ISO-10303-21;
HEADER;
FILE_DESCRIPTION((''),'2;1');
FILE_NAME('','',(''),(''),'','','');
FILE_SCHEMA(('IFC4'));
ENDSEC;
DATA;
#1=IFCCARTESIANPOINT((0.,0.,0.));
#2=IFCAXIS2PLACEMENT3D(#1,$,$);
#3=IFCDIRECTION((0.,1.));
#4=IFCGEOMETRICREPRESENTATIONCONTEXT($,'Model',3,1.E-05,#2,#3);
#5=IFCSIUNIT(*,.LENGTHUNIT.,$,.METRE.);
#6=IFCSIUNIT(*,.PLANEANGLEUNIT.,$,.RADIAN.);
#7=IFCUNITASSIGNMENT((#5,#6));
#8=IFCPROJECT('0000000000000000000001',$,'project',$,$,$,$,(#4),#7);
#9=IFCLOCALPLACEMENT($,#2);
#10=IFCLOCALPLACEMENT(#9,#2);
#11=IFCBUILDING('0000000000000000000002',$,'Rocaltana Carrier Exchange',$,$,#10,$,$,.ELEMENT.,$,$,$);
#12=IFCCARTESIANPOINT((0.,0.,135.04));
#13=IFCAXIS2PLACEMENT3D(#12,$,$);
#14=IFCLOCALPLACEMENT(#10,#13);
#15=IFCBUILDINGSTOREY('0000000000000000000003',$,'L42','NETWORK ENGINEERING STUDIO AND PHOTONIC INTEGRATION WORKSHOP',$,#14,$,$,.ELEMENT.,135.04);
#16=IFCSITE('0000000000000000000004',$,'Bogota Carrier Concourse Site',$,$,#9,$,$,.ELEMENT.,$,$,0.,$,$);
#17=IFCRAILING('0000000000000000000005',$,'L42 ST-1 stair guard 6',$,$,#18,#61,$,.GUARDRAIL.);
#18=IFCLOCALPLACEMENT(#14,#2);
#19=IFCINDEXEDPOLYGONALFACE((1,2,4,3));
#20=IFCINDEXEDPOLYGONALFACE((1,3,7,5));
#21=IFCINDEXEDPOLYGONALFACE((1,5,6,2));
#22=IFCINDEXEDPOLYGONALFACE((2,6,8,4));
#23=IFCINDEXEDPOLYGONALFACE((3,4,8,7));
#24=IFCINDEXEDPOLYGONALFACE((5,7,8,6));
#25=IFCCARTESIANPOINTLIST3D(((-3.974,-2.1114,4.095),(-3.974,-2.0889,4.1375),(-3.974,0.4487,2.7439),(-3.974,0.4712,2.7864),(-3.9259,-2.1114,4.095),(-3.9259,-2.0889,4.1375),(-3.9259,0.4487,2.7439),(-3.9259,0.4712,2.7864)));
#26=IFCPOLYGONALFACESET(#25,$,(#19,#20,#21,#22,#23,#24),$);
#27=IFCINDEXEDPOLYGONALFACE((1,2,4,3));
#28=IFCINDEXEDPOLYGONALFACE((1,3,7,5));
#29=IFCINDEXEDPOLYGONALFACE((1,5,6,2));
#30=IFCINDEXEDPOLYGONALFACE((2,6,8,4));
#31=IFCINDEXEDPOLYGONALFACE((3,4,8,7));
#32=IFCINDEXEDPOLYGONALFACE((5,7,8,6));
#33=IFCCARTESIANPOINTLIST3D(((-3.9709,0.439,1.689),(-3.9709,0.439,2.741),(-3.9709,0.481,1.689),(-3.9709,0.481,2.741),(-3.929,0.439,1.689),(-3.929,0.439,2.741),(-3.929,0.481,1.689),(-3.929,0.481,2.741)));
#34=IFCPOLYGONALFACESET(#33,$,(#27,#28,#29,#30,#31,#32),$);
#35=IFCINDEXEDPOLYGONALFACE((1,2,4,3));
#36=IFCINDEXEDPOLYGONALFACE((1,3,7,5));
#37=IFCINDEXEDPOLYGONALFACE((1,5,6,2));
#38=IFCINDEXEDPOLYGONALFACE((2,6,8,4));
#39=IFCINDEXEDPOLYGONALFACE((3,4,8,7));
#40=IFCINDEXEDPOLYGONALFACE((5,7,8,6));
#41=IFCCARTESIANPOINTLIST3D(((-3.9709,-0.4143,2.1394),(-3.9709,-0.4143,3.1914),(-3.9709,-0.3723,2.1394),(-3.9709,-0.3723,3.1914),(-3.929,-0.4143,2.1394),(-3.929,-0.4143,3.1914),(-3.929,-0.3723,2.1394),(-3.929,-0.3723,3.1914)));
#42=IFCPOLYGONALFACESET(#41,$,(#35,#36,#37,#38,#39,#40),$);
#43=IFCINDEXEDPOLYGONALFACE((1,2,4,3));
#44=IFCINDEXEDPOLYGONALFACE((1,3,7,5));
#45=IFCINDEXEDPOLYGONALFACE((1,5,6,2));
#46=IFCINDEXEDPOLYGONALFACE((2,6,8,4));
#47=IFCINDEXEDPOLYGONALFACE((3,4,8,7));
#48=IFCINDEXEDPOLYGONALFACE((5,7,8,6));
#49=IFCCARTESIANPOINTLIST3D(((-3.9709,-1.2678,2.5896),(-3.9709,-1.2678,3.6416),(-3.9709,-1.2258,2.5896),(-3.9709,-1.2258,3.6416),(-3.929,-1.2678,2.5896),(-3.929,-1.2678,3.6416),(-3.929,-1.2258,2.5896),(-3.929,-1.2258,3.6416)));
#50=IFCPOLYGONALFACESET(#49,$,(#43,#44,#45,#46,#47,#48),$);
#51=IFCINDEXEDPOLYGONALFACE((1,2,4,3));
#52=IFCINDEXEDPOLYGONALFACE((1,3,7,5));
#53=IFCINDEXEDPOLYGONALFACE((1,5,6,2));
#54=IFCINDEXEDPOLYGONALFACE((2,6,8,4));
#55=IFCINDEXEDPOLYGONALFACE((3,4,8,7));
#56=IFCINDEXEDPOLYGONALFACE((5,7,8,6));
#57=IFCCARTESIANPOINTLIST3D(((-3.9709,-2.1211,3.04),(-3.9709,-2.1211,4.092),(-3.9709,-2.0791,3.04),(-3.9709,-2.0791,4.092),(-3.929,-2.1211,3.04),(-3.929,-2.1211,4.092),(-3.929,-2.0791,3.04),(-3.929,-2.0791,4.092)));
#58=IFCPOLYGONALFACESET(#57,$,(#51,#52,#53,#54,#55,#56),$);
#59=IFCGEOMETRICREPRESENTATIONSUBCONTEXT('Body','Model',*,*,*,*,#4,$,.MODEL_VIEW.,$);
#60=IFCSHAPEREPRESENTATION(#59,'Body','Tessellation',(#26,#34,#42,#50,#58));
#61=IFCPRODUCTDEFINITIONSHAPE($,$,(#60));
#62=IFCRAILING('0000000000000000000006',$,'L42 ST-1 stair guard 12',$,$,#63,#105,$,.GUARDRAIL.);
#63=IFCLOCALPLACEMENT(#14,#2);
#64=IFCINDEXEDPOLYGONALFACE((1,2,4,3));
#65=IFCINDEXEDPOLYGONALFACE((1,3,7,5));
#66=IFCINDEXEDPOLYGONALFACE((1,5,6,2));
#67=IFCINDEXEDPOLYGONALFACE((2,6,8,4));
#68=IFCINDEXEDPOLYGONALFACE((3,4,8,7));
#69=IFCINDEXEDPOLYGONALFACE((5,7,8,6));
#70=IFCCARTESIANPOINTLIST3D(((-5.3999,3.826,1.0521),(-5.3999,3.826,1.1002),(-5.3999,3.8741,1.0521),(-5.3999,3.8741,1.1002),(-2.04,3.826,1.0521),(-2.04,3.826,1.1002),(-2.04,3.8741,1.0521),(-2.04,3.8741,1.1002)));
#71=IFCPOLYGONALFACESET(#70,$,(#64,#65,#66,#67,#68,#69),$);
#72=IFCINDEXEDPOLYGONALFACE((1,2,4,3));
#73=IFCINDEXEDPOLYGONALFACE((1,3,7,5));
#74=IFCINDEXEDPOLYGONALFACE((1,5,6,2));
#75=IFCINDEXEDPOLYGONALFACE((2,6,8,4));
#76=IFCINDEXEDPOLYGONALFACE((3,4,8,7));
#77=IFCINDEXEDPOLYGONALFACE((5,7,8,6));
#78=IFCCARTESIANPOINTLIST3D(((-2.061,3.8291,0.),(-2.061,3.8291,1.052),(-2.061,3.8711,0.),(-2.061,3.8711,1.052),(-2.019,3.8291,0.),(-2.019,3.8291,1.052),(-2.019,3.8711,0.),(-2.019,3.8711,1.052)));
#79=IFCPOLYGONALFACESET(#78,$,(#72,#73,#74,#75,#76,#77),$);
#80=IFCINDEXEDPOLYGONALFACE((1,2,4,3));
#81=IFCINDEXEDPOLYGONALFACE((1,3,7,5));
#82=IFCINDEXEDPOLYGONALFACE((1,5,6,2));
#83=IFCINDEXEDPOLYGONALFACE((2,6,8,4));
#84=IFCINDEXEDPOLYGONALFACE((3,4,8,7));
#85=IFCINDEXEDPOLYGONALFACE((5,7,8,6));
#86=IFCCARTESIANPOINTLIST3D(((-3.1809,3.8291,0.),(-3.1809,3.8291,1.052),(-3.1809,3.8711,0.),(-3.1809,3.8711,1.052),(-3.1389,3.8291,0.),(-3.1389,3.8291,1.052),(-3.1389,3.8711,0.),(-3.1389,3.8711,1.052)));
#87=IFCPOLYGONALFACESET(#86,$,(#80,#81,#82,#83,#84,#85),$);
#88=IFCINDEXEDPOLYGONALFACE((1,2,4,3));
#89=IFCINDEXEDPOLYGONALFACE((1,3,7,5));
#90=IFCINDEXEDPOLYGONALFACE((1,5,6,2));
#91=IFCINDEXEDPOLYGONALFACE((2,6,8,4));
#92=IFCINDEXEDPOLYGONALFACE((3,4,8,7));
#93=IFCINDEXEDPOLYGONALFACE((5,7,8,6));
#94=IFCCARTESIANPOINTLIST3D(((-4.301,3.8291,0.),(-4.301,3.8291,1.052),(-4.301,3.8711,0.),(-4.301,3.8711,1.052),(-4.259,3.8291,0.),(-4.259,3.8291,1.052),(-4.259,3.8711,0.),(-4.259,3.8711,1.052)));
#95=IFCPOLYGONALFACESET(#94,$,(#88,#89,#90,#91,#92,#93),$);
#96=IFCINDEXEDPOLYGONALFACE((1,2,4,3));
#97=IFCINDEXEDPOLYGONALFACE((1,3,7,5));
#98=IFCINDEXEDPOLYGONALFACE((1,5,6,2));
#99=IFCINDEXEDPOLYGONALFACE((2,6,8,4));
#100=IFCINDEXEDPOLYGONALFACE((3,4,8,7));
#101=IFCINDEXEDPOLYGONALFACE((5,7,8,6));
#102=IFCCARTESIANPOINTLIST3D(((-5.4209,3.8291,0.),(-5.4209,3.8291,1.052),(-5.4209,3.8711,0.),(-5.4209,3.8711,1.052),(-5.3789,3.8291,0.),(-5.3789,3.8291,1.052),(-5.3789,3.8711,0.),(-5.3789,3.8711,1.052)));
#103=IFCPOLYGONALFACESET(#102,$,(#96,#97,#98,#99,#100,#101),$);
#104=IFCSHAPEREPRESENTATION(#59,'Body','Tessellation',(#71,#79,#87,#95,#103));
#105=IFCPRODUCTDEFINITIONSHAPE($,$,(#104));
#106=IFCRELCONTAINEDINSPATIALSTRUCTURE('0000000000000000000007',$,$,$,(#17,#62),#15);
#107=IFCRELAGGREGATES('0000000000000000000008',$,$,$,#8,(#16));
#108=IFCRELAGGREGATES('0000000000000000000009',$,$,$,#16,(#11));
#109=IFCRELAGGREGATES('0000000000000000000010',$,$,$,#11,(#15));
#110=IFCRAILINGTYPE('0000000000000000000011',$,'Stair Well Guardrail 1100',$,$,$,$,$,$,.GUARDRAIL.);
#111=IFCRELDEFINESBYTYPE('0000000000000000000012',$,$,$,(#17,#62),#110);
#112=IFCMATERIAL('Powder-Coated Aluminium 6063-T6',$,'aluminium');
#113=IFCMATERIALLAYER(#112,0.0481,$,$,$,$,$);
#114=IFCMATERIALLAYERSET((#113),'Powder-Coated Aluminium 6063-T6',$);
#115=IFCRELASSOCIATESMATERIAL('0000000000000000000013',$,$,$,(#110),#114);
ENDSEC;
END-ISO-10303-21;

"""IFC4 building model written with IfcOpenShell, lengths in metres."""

from ifc_helpers import new_model, si_unit, direction, frame, origin, origin_2d, place, context, subcontext, project, spatial, rectangle, extrude, material, layer, layer_set, type_object, element, save


model = new_model("IFC4")

# Units and contexts
model_context = context("Model", 3, precision=1e-05, world=origin(), true_north=direction((0.0, 1.0)))
body_context = subcontext(model_context, "Body", "Model", "MODEL_VIEW")
ifc_project = project(units=[si_unit("LENGTHUNIT", "METRE"), si_unit("PLANEANGLEUNIT", "RADIAN")], contexts=[model_context])

# Site, building, storey
site_placement = place(None, origin())
site = spatial("IfcSite", under=ifc_project, at=site_placement, Name="Bogota Carrier Concourse Site", CompositionType="ELEMENT", RefElevation=0.0)
building_placement = place(site_placement, origin())
building = spatial("IfcBuilding", under=site, at=building_placement, Name="Rocaltana Carrier Exchange", CompositionType="ELEMENT")
storey_placement = place(building_placement, frame((0.0, 0.0, 135.04)))
storey = spatial("IfcBuildingStorey", under=building, at=storey_placement, Name="L42", Description="NETWORK ENGINEERING STUDIO AND PHOTONIC INTEGRATION WORKSHOP", CompositionType="ELEMENT", Elevation=135.04)

# Railings
ifc_material_1 = material(Name="Powder-Coated Aluminium 6063-T6", Category="aluminium")
ifc_layer_1 = layer(ifc_material_1, 0.0481)
ifc_layer_set_1 = layer_set([ifc_layer_1], Name="Powder-Coated Aluminium 6063-T6")
railing_type_1 = type_object("IfcRailingType", Name="Stair Well Guardrail 1100", PredefinedType="GUARDRAIL", material=ifc_layer_set_1)
railing_1_placement = place(storey_placement, frame((-3.95, 0.46, 1.689)))
element("IfcRailing", 1, at=railing_1_placement, inside=storey, type_object=railing_type_1, Name="L42 ST-1 stair guard 6", PredefinedType="GUARDRAIL", context=body_context, shape_type="SweptSolid", body=[
    extrude(rectangle(XDim=0.0481, YDim=0.0481, at=origin_2d()), frame((0.0, 0.0, 1.0762), z_axis=(0.0, -0.884394, 0.46674), x_axis=(1.0, 0.0, 0.0)), (0.0, 0.0, 1.0), 2.8948),
    extrude(rectangle(XDim=0.042, YDim=0.042, at=origin_2d()), origin(), (0.0, 0.0, 1.0), 1.052),
    extrude(rectangle(XDim=0.042, YDim=0.042, at=origin_2d()), frame((0.0, -0.8533, 0.4504)), (0.0, 0.0, 1.0), 1.052),
    extrude(rectangle(XDim=0.042, YDim=0.042, at=origin_2d()), frame((0.0, -1.7068, 0.9006)), (0.0, 0.0, 1.0), 1.052),
    extrude(rectangle(XDim=0.042, YDim=0.042, at=origin_2d()), frame((0.0, -2.5601, 1.3511)), (0.0, 0.0, 1.0), 1.052),
])
railing_2_placement = place(storey_placement, frame((-2.04, 3.8501, 0.0)))
element("IfcRailing", 2, at=railing_2_placement, inside=storey, type_object=railing_type_1, Name="L42 ST-1 stair guard 12", PredefinedType="GUARDRAIL", context=body_context, shape_type="SweptSolid", body=[
    extrude(rectangle(XDim=0.0481, YDim=0.0481, at=origin_2d()), frame((0.0, 0.0, 1.0762), z_axis=(-1.0, 0.0, 0.0), x_axis=(0.0, -1.0, 0.0)), (0.0, 0.0, 1.0), 3.3599),
    extrude(rectangle(XDim=0.042, YDim=0.042, at=origin_2d()), origin(), (0.0, 0.0, 1.0), 1.052),
    extrude(rectangle(XDim=0.042, YDim=0.042, at=origin_2d()), frame((-1.1199, 0.0, 0.0)), (0.0, 0.0, 1.0), 1.052),
    extrude(rectangle(XDim=0.042, YDim=0.042, at=origin_2d()), frame((-2.24, 0.0, 0.0)), (0.0, 0.0, 1.0), 1.052),
    extrude(rectangle(XDim=0.042, YDim=0.042, at=origin_2d()), frame((-3.3599, 0.0, 0.0)), (0.0, 0.0, 1.0), 1.052),
])

save(model, "model.ifc")
